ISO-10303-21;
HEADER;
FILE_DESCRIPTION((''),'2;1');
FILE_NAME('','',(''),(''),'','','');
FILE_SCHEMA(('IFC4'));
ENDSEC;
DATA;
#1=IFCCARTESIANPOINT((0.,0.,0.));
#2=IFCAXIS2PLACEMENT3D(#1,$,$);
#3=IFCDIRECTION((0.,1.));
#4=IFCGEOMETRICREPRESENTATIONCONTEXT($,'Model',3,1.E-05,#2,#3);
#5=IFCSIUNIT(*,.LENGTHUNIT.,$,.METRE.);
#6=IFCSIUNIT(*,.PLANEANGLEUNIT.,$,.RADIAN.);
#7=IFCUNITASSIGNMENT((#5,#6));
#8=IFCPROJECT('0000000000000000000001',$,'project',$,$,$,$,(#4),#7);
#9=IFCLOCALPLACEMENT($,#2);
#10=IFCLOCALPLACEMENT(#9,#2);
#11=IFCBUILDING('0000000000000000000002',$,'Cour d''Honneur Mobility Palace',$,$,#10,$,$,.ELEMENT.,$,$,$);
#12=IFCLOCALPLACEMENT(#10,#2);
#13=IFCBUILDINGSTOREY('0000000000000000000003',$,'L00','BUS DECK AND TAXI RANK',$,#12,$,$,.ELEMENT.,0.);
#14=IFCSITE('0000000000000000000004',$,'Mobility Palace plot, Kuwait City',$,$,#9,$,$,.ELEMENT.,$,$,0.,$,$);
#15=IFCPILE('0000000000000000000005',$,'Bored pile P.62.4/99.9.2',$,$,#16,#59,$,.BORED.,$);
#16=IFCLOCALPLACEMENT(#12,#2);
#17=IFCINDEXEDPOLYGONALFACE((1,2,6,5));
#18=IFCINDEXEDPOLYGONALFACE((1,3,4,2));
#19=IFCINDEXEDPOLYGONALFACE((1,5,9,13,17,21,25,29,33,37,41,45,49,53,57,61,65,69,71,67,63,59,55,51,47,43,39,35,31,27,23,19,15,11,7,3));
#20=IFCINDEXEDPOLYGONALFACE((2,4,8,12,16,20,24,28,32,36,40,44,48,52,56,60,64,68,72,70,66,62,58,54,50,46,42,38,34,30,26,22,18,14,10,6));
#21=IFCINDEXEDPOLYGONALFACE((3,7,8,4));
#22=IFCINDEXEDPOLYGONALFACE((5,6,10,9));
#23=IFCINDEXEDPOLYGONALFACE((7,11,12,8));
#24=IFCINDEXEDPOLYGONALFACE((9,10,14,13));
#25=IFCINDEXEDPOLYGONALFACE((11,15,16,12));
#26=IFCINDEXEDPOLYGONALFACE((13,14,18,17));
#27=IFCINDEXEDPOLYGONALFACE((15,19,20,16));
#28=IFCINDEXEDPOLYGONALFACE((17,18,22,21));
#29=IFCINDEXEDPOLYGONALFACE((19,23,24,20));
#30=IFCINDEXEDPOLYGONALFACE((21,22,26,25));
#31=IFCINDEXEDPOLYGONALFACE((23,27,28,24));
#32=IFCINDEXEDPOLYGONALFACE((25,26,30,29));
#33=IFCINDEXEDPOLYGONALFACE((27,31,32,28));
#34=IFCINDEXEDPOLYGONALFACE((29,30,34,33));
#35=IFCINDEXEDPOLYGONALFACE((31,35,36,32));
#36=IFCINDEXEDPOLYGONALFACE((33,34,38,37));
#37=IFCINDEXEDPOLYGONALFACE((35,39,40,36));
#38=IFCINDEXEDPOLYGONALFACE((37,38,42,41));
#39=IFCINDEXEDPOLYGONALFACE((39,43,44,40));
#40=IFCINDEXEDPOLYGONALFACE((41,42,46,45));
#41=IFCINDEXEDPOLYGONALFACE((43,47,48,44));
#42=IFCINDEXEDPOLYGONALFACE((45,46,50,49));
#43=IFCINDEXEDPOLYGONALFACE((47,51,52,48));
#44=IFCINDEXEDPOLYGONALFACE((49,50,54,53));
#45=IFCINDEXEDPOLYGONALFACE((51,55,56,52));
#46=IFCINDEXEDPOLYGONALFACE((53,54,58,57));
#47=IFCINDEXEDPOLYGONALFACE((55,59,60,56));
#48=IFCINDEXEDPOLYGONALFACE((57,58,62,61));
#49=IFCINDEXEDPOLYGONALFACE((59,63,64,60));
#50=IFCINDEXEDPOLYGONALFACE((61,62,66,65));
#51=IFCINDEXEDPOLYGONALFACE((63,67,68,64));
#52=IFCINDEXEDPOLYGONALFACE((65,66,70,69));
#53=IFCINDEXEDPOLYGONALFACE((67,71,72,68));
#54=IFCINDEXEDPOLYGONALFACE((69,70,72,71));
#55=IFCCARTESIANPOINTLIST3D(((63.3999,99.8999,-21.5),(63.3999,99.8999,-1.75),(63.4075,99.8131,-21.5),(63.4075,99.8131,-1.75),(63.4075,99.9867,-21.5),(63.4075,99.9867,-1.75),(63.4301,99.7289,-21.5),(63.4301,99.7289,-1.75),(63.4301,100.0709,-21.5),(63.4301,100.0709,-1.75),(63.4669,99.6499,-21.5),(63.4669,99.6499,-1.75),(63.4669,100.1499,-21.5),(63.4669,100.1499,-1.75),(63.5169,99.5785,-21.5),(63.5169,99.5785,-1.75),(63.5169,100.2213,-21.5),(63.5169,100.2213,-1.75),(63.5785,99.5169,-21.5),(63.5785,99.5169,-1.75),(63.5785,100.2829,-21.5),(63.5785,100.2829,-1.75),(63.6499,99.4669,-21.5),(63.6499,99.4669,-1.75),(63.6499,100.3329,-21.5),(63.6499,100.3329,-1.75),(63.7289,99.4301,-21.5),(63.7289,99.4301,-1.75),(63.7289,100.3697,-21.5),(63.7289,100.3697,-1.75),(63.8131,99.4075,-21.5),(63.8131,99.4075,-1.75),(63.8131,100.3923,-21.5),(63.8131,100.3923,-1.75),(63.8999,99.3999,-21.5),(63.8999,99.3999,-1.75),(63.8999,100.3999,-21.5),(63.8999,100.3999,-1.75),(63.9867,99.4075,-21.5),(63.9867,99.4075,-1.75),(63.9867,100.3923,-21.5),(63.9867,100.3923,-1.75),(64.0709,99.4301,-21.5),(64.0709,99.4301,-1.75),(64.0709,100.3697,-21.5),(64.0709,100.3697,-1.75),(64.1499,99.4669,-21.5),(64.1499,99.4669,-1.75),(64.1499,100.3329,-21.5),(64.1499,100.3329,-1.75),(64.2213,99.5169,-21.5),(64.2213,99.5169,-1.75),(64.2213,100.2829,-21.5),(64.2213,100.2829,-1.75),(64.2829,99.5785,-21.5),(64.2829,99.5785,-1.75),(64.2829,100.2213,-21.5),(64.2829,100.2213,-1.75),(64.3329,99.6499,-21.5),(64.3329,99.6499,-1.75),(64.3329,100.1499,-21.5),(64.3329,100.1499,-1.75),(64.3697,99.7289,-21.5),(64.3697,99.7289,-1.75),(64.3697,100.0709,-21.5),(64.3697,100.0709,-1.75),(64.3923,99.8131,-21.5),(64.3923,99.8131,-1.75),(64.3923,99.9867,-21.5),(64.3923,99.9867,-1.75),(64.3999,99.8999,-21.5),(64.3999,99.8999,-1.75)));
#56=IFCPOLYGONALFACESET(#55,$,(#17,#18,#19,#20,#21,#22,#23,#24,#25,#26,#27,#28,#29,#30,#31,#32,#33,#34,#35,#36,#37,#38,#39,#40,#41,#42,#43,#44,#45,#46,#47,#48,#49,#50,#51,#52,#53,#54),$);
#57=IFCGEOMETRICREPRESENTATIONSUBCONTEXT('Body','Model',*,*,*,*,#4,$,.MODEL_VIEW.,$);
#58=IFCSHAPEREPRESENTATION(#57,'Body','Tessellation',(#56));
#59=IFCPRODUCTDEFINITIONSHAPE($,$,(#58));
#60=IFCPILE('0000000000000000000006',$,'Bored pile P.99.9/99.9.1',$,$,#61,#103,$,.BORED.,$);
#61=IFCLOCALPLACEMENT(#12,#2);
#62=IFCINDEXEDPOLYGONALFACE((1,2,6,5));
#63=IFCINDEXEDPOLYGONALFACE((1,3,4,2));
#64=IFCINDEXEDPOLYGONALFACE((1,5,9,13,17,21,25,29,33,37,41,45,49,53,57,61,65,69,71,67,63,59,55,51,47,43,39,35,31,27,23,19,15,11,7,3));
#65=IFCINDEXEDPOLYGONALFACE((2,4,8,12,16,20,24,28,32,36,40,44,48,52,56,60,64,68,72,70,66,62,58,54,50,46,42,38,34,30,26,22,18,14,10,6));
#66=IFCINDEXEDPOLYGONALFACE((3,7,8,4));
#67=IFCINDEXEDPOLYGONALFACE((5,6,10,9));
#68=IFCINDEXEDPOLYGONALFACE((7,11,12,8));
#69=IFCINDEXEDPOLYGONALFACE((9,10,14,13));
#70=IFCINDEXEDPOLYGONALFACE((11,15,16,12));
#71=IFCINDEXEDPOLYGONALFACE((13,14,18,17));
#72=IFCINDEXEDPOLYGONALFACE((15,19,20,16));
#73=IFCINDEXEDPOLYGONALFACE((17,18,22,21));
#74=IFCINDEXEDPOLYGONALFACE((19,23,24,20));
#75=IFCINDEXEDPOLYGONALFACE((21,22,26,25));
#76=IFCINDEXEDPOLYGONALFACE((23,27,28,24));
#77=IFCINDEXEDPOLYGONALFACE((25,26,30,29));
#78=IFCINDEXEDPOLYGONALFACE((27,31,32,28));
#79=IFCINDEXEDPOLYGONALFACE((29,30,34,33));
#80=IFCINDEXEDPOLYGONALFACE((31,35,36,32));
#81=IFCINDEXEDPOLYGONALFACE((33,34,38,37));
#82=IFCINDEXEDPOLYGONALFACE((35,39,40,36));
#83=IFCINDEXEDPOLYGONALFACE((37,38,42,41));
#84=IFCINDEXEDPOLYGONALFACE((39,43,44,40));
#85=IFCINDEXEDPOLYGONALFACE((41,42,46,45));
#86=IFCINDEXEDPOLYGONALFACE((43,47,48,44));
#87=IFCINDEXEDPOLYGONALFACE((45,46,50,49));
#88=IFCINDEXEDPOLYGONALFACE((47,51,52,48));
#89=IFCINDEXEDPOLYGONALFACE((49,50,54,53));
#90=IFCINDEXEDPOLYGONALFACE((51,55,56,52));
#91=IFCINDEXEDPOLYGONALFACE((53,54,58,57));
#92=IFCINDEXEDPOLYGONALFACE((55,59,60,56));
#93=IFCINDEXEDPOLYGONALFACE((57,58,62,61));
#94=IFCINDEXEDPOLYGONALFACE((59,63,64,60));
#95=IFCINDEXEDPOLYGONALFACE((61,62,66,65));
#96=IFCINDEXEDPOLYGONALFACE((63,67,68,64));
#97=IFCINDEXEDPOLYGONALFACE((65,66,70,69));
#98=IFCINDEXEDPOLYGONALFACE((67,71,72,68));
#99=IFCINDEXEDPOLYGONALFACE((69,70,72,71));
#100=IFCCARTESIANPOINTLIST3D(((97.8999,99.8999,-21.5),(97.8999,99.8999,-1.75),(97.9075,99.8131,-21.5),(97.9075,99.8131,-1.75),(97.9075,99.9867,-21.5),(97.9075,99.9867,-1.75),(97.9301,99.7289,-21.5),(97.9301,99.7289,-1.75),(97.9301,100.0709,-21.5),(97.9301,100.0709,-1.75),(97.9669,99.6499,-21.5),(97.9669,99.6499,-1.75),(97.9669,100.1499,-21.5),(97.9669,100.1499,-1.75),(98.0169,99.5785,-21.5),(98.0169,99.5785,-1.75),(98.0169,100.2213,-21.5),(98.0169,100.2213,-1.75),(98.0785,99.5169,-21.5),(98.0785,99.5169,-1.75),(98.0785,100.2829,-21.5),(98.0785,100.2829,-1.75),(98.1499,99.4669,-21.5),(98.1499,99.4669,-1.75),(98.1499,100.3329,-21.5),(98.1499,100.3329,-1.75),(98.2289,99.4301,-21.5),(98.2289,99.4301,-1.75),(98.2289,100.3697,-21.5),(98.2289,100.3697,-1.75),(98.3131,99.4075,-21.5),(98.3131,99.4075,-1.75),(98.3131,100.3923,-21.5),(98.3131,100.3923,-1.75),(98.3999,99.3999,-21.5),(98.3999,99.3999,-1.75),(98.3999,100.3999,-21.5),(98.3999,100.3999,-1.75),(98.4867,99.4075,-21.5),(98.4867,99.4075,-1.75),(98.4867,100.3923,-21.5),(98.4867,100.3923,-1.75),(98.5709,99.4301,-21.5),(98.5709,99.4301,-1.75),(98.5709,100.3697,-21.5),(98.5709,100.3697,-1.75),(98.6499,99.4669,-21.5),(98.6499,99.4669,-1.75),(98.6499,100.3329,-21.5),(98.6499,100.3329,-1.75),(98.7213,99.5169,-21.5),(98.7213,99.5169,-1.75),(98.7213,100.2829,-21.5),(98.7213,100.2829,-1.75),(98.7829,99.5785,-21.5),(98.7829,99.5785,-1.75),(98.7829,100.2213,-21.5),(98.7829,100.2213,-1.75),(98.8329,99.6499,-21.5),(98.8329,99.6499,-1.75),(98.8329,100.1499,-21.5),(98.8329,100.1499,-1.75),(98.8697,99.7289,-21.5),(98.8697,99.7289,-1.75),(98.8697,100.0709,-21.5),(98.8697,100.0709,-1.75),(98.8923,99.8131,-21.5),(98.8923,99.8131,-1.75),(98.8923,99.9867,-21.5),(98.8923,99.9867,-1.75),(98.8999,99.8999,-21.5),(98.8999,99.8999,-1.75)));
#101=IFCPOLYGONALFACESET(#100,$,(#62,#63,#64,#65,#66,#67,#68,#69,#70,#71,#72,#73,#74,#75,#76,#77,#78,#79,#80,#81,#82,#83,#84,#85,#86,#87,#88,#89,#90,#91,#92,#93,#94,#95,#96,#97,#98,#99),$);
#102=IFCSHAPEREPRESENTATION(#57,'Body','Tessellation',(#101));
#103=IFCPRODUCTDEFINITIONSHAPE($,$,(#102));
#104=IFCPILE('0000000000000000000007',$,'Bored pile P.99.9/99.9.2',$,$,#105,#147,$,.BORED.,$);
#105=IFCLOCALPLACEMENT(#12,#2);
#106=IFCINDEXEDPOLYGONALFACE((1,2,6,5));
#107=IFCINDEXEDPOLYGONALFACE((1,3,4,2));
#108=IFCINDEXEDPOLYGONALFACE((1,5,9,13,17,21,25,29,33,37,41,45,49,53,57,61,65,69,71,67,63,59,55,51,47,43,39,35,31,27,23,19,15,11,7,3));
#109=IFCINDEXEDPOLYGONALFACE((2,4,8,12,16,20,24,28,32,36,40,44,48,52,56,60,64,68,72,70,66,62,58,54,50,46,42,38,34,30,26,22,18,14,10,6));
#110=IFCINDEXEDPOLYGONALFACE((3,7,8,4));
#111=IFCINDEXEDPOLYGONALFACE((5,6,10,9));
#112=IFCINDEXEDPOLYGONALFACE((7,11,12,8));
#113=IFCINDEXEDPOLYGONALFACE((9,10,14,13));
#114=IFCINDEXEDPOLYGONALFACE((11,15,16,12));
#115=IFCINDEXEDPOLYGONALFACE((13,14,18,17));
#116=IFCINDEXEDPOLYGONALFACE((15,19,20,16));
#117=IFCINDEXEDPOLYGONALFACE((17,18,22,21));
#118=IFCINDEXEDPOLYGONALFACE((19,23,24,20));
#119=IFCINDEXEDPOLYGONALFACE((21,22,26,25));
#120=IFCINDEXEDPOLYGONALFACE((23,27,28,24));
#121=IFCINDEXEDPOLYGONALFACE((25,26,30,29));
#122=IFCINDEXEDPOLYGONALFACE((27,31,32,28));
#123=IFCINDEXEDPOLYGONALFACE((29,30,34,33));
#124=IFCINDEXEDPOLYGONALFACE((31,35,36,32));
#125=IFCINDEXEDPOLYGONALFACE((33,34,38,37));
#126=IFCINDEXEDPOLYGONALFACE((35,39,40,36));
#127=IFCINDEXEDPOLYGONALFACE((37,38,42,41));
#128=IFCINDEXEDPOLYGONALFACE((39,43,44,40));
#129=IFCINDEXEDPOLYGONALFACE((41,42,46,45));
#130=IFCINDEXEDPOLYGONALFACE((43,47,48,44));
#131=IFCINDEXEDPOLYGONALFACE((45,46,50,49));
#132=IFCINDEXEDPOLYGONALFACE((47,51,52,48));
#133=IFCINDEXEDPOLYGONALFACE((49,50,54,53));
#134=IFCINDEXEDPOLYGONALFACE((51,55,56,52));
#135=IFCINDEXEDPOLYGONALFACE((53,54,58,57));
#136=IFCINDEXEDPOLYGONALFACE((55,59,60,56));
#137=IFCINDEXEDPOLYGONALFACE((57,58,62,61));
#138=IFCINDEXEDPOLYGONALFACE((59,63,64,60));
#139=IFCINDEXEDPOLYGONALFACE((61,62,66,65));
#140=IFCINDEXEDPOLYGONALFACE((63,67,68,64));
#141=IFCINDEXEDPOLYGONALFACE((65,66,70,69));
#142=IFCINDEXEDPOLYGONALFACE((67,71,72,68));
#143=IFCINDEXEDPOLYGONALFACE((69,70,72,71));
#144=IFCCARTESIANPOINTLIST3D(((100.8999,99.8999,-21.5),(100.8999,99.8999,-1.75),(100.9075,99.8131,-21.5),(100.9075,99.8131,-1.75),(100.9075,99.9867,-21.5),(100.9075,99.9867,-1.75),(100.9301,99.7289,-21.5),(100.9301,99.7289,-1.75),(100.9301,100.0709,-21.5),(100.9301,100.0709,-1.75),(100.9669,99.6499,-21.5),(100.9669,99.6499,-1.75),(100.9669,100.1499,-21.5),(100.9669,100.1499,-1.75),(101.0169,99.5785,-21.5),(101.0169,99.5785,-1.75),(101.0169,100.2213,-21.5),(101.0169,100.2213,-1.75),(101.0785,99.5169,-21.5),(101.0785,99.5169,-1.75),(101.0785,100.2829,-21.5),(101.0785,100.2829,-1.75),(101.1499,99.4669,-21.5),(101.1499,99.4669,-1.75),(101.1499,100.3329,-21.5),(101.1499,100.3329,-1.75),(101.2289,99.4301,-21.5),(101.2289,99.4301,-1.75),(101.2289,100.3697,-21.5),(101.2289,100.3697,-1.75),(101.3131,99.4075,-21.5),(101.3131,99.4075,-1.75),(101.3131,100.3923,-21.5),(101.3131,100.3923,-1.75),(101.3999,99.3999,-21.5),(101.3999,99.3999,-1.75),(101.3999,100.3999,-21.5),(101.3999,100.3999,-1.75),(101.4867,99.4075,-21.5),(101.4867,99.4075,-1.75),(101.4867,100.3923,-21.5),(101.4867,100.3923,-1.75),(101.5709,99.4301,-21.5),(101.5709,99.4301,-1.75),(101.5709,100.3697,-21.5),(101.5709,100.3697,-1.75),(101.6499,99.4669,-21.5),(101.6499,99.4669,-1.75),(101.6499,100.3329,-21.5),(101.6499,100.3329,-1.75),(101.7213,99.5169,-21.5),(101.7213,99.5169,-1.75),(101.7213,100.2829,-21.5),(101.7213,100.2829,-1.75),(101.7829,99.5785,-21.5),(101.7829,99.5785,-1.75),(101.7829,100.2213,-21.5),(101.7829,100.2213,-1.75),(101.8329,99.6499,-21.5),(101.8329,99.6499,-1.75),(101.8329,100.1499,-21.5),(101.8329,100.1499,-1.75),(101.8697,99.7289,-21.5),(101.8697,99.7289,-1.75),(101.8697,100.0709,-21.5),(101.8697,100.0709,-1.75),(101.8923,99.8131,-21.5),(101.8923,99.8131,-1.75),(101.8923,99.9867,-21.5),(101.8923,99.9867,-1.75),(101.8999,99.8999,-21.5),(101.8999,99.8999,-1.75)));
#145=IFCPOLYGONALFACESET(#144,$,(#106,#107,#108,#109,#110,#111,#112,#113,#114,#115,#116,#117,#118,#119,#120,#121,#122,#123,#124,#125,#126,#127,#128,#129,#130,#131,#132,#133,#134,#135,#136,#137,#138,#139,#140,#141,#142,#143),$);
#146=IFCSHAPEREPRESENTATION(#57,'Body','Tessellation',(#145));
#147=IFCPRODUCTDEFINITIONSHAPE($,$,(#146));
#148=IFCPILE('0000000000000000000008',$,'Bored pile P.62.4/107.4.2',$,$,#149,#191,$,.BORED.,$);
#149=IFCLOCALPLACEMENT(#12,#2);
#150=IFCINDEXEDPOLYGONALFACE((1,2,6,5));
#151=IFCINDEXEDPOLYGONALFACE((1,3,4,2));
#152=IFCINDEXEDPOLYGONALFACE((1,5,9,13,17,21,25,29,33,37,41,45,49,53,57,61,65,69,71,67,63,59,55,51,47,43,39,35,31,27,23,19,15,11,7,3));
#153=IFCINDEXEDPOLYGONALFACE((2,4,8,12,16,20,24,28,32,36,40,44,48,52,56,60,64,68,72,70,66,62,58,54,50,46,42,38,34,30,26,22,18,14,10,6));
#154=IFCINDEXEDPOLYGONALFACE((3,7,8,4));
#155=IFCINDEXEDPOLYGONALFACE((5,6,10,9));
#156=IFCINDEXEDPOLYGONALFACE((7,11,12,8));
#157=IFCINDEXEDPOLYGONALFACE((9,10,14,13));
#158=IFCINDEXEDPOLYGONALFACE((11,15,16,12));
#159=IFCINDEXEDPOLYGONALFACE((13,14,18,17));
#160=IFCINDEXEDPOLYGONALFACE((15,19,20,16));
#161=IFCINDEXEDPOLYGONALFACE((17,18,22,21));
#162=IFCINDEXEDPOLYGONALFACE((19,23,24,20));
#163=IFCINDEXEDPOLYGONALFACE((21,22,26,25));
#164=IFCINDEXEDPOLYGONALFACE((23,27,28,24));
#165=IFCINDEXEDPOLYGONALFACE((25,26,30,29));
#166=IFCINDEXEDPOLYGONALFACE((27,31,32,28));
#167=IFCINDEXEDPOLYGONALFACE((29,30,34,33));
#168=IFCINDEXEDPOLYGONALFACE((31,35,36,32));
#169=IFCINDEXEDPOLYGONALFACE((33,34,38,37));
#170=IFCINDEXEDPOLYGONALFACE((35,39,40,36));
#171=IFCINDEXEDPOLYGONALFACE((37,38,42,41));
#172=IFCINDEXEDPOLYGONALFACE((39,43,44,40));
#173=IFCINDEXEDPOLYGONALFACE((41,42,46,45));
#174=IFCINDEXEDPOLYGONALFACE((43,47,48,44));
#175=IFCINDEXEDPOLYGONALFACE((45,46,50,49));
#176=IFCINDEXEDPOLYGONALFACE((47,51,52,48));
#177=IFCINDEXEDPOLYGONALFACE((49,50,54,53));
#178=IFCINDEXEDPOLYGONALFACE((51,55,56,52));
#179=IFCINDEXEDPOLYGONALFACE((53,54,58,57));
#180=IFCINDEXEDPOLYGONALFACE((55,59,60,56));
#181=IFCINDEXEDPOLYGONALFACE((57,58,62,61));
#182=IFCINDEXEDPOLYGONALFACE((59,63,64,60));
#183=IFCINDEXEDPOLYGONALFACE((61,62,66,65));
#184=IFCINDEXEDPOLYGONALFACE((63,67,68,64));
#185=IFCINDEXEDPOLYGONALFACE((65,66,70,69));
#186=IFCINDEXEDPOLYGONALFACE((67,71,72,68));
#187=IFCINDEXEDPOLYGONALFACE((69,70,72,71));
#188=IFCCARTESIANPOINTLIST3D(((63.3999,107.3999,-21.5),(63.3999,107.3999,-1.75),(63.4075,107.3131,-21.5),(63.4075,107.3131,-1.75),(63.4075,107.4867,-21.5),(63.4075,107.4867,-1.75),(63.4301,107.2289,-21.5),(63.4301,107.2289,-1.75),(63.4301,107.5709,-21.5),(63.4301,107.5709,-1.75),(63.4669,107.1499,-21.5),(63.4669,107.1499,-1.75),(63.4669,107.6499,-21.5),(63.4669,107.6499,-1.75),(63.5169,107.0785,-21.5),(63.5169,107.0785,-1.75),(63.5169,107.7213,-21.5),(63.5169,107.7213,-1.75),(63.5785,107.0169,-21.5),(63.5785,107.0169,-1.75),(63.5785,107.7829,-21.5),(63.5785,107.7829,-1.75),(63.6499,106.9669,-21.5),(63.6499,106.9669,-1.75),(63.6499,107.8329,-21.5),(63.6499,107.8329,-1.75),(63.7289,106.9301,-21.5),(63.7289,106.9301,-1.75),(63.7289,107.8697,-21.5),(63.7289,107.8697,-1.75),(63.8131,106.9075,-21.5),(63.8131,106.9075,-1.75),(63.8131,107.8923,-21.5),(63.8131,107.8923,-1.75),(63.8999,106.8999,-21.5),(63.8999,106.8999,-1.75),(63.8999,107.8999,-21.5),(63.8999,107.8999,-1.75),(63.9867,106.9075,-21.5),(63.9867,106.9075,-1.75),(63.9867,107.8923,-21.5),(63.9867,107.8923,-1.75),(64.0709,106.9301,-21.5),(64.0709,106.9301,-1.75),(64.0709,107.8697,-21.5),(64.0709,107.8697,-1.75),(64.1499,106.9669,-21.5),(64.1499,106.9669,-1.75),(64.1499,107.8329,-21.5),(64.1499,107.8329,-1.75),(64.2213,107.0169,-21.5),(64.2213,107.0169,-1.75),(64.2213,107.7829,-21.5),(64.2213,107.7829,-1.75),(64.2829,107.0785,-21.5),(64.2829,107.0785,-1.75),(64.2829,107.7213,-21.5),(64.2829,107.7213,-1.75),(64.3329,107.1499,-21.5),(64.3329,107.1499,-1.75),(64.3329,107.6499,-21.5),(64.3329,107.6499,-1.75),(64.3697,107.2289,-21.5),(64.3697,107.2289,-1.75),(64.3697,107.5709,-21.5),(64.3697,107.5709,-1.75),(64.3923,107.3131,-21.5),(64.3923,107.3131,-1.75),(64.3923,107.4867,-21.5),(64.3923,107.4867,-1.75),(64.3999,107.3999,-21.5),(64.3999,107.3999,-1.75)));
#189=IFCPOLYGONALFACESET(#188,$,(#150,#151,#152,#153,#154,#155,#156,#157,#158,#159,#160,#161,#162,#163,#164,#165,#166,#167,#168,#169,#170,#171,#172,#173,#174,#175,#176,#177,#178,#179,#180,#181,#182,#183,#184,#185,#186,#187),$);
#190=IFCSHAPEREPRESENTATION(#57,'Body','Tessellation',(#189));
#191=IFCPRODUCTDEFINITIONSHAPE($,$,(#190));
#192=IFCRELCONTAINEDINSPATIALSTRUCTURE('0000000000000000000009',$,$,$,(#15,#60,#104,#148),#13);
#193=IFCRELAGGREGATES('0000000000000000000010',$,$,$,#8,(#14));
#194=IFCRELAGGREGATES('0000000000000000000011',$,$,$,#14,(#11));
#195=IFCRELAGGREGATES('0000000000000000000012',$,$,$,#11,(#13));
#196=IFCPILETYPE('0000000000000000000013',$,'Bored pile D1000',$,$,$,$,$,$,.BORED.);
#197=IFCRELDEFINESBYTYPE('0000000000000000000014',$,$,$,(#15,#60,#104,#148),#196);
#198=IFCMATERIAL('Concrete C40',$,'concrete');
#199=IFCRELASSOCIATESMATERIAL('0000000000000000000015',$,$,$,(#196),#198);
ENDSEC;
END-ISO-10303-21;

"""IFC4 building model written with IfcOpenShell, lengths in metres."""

from ifc_helpers import new_model, si_unit, direction, frame, origin, origin_2d, place, context, subcontext, project, spatial, circle, extrude, material, material_profile, profile_set, type_object, element, save


model = new_model("IFC4")

# Units and contexts
model_context = context("Model", 3, precision=1e-05, world=origin(), true_north=direction((0.0, 1.0)))
body_context = subcontext(model_context, "Body", "Model", "MODEL_VIEW")
ifc_project = project(units=[si_unit("LENGTHUNIT", "METRE"), si_unit("PLANEANGLEUNIT", "RADIAN")], contexts=[model_context])

# Site, building, storey
site_placement = place(None, origin())
site = spatial("IfcSite", under=ifc_project, at=site_placement, Name="Mobility Palace plot, Kuwait City", CompositionType="ELEMENT", RefElevation=0.0)
building_placement = place(site_placement, origin())
building = spatial("IfcBuilding", under=site, at=building_placement, Name="Cour d'Honneur Mobility Palace", CompositionType="ELEMENT")
storey_placement = place(building_placement, origin())
storey = spatial("IfcBuildingStorey", under=building, at=storey_placement, Name="L00", Description="BUS DECK AND TAXI RANK", CompositionType="ELEMENT", Elevation=0.0)

# Piles
ifc_material_1 = material(Name="Concrete C40", Category="concrete")
ifc_material_profile_1 = material_profile(ifc_material_1, circle(Radius=0.5, at=origin_2d()), Name="Bored pile D1000")
ifc_profile_set_1 = profile_set([ifc_material_profile_1], Name="Concrete C40")
pile_type = type_object("IfcPileType", Name="Bored pile D1000", PredefinedType="BORED", material=ifc_profile_set_1)
for number, where, z_axis, x_axis, name in (
    (1, (63.8999, 99.8999, -1.75), (0.0, 0.0, -1.0), (1.0, 0.0, 0.0), "Bored pile P.62.4/99.9.2"),
    (2, (98.3999, 99.8999, -1.75), (0.0, 0.0, -1.0), (1.0, 0.0, 0.0), "Bored pile P.99.9/99.9.1"),
    (3, (101.3999, 99.8999, -1.75), (0.0, 0.0, -1.0), (1.0, 0.0, 0.0), "Bored pile P.99.9/99.9.2"),
    (4, (63.8999, 107.3999, -1.75), (0.0, 0.0, -1.0), (1.0, 0.0, 0.0), "Bored pile P.62.4/107.4.2"),
):
    element("IfcPile", number, at=place(storey_placement, frame(where, z_axis=z_axis, x_axis=x_axis)), inside=storey, type_object=pile_type, Name=name, PredefinedType="BORED", context=body_context, shape_type="SweptSolid", body=[
        extrude(circle(Radius=0.5, at=origin_2d()), origin(), (0.0, 0.0, 1.0), 19.75),
    ])

save(model, "model.ifc")
